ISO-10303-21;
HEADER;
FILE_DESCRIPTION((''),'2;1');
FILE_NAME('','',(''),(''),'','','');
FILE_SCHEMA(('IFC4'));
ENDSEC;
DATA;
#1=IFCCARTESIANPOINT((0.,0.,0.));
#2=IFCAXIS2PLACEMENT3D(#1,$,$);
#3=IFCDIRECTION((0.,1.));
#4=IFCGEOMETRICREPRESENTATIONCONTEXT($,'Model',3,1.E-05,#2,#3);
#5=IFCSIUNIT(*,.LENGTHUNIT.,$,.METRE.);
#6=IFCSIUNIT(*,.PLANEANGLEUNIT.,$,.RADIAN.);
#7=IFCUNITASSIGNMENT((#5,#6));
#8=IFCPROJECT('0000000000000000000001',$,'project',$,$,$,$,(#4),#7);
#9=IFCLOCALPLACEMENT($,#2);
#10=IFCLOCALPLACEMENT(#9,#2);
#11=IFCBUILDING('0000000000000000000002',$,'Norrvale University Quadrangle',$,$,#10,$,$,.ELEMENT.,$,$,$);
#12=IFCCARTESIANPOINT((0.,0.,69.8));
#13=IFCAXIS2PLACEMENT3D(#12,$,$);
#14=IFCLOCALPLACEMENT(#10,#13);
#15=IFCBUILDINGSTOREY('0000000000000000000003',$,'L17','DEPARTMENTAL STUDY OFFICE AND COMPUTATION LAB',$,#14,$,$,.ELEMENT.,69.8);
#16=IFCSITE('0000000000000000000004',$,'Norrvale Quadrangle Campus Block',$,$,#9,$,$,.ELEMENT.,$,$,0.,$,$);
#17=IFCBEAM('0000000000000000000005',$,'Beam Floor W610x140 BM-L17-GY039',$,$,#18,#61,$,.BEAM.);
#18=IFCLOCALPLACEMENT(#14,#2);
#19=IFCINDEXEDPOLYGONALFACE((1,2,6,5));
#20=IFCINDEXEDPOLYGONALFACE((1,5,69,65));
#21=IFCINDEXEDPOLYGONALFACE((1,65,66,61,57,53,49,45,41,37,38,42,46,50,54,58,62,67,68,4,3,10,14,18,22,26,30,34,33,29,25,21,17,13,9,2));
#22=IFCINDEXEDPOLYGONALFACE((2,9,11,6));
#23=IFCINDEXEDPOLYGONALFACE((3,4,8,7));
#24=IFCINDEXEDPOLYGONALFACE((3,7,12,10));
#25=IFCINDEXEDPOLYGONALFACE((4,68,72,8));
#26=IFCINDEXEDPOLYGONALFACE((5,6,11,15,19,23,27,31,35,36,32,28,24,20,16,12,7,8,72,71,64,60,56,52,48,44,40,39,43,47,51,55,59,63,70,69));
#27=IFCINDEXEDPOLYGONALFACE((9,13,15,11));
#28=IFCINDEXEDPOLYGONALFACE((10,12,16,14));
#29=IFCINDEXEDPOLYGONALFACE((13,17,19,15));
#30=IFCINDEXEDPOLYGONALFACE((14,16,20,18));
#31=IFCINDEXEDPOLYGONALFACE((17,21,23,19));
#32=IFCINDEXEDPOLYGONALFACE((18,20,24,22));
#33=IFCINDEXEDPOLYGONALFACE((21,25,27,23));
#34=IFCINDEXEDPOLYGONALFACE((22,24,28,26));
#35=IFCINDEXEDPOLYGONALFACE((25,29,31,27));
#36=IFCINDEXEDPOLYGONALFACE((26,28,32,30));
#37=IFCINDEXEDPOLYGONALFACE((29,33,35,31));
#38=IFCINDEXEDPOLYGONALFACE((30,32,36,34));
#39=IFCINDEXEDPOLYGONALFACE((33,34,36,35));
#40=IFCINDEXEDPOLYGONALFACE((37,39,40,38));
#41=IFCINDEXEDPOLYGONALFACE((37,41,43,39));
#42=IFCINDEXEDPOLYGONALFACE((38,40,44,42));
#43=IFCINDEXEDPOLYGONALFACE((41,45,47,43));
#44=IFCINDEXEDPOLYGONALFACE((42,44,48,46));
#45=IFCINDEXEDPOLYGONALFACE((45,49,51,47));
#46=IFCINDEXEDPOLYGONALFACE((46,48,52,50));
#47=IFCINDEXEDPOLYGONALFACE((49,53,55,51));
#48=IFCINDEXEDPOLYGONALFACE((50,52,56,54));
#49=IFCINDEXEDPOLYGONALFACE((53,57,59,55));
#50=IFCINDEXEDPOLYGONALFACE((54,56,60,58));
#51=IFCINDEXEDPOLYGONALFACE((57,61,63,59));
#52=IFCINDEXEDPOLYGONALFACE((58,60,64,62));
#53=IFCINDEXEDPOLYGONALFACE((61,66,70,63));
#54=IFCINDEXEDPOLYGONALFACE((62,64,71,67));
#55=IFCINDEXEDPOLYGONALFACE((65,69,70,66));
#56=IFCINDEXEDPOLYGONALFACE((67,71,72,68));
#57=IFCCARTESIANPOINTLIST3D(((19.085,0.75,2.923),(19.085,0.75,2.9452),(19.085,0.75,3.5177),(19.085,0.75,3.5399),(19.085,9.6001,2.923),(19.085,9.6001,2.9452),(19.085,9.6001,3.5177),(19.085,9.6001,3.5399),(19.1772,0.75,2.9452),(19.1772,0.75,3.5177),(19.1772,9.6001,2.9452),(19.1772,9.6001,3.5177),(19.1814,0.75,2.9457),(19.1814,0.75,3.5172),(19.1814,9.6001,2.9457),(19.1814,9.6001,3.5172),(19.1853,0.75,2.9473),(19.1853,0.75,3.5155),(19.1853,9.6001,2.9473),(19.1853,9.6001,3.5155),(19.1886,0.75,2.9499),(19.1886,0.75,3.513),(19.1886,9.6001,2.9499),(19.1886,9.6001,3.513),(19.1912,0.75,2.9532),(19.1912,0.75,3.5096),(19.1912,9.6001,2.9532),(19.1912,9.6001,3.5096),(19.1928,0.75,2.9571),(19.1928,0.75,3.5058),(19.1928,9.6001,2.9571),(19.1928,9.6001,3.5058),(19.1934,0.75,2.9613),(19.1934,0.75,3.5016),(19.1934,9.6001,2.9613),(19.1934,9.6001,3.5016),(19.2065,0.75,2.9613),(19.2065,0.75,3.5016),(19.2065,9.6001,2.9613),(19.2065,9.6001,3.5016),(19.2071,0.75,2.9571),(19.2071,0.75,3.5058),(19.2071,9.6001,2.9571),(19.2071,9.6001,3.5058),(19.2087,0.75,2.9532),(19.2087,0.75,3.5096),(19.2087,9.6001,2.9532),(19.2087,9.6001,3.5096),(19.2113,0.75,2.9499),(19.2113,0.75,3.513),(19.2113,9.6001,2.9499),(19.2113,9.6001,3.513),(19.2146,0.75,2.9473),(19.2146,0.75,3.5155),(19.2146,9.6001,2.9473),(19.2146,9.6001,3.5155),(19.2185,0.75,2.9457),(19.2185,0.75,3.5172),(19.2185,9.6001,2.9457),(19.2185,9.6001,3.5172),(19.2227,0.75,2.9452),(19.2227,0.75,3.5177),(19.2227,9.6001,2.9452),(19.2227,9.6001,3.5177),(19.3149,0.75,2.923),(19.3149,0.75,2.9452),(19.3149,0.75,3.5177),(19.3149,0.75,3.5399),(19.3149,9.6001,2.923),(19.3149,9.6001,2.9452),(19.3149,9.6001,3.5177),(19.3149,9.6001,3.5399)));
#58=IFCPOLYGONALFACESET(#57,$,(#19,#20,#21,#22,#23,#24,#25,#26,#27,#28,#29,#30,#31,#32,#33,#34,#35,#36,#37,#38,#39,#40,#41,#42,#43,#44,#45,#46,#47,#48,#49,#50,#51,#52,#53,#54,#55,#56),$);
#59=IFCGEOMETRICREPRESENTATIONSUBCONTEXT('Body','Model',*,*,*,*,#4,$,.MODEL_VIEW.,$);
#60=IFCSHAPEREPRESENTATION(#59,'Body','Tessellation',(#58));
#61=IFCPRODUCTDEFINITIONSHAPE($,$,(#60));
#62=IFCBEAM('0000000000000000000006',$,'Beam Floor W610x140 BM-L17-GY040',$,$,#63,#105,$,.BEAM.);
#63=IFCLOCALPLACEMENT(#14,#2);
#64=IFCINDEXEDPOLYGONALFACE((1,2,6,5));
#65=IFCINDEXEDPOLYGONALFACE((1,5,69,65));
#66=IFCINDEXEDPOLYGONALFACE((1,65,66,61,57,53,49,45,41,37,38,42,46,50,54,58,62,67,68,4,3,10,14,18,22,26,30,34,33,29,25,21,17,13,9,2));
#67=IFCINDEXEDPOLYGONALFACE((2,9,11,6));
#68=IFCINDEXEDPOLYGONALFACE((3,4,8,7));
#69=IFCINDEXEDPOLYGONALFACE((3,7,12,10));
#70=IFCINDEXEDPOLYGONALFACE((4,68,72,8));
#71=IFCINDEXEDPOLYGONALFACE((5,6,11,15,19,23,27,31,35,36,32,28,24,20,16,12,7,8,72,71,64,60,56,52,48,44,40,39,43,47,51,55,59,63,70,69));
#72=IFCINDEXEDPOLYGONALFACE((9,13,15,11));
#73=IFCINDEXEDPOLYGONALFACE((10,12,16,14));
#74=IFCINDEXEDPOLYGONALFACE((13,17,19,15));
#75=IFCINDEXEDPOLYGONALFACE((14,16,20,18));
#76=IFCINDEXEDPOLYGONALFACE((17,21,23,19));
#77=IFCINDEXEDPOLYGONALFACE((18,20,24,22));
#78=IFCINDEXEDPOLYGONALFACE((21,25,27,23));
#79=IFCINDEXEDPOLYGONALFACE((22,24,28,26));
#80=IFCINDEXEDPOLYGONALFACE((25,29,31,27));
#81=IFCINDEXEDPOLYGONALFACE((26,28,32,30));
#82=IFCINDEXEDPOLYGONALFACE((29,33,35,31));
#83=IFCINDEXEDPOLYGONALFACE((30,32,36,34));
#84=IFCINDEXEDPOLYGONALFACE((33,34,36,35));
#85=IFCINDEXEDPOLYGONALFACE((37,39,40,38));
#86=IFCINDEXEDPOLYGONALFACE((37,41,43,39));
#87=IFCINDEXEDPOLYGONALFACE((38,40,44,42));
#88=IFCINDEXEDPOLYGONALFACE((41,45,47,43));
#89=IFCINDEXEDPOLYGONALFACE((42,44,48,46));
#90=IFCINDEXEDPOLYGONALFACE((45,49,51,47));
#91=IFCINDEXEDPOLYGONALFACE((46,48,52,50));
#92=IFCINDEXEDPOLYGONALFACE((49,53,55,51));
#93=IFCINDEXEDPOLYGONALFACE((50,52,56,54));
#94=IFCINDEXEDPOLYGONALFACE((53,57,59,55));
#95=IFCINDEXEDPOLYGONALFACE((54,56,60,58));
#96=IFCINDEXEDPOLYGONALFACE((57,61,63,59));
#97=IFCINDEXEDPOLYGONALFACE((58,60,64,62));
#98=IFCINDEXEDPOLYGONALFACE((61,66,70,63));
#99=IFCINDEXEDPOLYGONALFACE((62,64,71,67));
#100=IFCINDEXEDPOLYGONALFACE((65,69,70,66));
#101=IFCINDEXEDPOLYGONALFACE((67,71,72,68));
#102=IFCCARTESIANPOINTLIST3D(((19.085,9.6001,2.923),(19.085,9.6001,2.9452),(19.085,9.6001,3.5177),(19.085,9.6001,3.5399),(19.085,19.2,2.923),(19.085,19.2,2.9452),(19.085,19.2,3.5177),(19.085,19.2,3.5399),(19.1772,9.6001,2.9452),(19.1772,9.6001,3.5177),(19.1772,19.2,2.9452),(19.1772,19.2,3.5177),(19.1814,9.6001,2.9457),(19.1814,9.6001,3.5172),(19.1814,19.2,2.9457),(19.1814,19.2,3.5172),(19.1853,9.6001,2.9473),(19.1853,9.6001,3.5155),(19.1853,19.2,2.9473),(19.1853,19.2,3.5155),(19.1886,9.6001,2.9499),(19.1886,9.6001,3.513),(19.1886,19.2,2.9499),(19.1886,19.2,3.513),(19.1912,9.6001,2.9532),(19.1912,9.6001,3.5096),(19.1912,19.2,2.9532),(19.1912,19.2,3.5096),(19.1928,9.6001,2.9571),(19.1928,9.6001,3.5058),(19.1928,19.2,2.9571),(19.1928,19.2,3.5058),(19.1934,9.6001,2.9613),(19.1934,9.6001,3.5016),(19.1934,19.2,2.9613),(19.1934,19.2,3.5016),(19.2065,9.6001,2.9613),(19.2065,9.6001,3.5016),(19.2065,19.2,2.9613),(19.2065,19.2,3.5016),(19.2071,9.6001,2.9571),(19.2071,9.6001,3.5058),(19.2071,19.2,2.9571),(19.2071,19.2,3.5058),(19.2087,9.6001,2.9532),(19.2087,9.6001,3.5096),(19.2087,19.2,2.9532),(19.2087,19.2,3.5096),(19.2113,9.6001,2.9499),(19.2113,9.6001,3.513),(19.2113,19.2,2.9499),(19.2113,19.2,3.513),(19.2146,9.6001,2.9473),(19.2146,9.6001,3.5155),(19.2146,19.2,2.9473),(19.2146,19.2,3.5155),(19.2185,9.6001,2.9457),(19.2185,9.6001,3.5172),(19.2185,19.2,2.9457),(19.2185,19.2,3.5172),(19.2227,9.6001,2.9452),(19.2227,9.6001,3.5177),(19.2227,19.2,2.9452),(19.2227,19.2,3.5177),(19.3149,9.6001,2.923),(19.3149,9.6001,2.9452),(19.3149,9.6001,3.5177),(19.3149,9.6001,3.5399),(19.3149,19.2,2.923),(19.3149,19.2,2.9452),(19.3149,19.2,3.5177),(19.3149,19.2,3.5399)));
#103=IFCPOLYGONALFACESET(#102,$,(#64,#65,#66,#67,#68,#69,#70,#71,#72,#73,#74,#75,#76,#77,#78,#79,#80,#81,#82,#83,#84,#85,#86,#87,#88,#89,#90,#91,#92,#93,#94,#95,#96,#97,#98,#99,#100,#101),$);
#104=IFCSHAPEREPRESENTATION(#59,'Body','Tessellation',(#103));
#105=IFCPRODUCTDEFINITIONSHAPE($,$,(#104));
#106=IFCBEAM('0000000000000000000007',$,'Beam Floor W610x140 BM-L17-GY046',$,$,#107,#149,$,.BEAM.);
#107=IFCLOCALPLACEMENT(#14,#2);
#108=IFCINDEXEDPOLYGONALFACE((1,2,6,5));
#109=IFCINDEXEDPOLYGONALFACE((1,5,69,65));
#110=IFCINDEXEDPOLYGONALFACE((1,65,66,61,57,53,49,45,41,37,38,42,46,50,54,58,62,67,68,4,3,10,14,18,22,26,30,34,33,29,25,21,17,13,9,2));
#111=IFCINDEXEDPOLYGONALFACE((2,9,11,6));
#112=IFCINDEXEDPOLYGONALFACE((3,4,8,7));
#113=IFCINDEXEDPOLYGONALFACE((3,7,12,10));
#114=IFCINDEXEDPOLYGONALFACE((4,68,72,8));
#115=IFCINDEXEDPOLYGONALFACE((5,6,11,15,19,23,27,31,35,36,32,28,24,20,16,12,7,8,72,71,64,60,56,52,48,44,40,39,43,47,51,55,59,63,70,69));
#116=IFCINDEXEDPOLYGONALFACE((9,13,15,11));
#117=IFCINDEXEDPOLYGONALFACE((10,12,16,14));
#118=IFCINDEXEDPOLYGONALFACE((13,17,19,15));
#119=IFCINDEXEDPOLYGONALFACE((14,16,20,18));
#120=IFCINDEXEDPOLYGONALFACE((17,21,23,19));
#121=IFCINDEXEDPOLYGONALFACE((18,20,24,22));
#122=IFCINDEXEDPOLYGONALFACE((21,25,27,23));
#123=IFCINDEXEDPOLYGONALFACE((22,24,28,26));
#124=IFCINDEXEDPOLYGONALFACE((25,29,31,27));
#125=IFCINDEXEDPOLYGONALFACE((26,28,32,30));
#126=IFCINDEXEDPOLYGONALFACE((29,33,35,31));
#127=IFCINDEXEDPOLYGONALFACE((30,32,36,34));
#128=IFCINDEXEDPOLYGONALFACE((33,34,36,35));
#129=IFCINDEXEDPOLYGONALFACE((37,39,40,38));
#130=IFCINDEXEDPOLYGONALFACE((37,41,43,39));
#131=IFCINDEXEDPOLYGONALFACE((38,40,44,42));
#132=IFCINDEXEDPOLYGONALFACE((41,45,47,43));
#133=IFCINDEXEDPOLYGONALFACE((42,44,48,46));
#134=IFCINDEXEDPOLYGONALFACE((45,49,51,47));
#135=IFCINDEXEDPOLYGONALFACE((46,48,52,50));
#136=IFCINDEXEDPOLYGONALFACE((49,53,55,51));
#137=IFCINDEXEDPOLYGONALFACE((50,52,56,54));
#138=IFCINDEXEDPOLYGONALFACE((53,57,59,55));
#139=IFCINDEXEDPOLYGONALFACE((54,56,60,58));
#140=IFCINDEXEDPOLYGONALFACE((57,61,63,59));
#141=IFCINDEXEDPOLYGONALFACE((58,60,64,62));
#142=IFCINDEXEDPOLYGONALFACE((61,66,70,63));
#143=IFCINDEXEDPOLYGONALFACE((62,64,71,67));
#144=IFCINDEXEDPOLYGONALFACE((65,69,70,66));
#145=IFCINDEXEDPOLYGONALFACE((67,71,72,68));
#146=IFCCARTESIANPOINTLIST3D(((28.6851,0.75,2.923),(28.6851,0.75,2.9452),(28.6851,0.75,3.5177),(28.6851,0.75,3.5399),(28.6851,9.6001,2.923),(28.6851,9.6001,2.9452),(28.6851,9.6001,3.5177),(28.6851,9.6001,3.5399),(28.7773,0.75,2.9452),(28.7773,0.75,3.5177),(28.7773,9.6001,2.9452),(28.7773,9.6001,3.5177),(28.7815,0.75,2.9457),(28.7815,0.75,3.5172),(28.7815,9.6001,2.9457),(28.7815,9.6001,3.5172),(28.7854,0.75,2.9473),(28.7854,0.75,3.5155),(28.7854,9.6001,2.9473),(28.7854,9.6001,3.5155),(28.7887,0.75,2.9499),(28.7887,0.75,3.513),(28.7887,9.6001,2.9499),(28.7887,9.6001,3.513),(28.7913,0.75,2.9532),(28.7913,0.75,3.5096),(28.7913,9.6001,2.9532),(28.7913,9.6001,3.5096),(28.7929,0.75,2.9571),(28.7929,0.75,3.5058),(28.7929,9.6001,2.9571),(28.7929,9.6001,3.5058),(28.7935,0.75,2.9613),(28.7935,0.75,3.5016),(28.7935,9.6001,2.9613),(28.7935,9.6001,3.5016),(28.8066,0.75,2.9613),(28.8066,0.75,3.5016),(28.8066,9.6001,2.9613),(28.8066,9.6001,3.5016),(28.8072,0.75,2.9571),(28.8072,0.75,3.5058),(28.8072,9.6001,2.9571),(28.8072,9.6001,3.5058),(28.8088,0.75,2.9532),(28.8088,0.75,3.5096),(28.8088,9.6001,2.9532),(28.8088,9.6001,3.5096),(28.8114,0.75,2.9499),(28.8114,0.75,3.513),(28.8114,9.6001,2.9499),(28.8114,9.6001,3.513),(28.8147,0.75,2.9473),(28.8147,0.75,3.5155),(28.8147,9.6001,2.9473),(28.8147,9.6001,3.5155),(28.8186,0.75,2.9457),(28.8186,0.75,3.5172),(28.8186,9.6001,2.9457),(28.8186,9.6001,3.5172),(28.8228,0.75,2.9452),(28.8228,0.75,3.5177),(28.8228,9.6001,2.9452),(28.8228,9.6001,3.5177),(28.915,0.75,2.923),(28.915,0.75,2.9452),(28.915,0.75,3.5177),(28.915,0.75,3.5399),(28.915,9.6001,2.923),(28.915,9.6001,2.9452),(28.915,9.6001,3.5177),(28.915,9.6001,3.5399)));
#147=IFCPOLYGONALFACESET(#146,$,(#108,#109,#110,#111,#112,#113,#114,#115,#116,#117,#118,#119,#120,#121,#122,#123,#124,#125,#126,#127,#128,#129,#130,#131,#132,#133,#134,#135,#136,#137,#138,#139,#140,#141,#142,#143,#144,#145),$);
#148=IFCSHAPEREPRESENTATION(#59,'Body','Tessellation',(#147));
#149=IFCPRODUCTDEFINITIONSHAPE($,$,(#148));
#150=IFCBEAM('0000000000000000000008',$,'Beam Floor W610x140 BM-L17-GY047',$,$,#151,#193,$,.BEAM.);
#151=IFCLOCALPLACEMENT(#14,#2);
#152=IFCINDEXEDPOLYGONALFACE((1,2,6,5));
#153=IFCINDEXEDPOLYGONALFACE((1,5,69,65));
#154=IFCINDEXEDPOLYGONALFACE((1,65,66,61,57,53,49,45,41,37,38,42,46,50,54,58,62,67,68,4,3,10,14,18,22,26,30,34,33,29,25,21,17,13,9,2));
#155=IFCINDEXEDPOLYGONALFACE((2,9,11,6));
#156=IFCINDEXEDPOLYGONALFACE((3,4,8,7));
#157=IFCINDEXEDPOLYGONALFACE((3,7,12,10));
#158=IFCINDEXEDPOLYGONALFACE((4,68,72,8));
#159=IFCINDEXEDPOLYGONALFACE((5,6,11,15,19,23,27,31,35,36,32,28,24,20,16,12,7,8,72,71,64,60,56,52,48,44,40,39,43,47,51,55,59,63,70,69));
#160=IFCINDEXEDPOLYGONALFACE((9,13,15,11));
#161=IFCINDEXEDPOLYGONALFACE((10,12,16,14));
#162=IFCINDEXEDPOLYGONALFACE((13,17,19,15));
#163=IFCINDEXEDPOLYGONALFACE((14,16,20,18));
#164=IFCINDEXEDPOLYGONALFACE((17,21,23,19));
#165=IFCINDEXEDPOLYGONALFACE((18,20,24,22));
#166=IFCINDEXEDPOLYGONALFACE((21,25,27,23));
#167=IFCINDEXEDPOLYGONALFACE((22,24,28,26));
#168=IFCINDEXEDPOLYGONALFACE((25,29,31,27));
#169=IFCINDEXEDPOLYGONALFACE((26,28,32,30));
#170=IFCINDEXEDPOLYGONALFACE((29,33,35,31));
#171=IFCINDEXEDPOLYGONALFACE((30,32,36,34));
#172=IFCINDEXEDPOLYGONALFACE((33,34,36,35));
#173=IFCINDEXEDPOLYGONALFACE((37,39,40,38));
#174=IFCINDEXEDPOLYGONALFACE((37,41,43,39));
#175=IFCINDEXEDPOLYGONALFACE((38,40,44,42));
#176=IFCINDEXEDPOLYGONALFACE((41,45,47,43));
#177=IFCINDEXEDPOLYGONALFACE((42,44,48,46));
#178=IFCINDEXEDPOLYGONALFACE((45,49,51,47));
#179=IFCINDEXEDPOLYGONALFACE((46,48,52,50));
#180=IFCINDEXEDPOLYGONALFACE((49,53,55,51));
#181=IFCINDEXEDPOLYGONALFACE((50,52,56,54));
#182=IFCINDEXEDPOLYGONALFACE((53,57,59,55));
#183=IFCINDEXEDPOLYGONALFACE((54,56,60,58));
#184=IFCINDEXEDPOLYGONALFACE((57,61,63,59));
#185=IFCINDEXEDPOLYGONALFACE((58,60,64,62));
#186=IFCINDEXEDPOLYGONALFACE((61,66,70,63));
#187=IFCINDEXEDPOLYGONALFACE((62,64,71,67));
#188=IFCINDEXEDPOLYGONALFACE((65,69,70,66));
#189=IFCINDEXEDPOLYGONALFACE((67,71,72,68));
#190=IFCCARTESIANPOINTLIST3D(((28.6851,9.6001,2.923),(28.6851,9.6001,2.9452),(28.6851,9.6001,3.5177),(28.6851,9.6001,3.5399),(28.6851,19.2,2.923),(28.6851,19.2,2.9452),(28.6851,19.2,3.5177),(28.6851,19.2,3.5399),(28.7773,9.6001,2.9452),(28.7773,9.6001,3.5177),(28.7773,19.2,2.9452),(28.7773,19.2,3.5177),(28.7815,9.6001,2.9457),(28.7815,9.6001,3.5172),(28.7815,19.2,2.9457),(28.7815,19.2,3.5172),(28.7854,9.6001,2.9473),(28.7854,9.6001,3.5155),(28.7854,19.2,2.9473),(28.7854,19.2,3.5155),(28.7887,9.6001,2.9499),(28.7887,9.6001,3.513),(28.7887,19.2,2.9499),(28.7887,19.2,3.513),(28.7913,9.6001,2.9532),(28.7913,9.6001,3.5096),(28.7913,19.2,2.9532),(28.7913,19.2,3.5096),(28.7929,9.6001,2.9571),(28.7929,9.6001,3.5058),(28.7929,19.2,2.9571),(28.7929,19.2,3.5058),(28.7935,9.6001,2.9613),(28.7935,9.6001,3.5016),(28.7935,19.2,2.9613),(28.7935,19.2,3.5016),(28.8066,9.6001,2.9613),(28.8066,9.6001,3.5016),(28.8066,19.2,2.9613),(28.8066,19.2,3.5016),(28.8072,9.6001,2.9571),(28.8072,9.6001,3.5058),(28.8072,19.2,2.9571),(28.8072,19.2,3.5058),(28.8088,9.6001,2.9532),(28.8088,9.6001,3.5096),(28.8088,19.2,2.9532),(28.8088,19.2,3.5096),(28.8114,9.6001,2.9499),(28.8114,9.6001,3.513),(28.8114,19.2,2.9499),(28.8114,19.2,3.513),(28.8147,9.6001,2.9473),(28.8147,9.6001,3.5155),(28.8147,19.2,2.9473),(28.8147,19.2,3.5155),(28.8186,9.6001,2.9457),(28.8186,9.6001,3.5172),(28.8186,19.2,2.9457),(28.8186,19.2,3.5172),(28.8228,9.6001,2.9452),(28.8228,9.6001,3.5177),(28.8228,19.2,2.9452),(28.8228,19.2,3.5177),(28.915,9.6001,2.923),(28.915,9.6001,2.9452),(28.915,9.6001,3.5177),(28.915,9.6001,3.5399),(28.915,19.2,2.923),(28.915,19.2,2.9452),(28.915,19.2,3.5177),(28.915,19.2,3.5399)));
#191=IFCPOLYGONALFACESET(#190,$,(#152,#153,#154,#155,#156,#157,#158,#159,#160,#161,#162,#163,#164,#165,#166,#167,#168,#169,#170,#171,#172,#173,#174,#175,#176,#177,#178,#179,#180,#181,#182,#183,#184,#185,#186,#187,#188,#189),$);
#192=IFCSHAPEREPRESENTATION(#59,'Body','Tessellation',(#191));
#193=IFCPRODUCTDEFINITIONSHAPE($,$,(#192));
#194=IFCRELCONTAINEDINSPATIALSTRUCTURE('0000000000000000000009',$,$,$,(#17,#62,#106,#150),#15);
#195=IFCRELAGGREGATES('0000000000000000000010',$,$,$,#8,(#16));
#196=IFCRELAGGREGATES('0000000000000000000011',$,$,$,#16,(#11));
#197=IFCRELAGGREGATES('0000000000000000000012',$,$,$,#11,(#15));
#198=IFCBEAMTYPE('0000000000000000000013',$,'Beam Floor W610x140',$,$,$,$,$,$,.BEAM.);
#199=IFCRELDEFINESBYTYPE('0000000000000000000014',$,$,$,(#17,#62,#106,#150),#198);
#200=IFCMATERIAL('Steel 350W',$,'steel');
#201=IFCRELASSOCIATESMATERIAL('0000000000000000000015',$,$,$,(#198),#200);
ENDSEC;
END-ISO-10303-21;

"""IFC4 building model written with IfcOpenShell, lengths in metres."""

from ifc_helpers import new_model, si_unit, direction, frame, origin, origin_2d, place, context, subcontext, project, spatial, i_section, extrude, material, material_profile, profile_set, type_object, element, save


model = new_model("IFC4")

# Units and contexts
model_context = context("Model", 3, precision=1e-05, world=origin(), true_north=direction((0.0, 1.0)))
body_context = subcontext(model_context, "Body", "Model", "MODEL_VIEW")
ifc_project = project(units=[si_unit("LENGTHUNIT", "METRE"), si_unit("PLANEANGLEUNIT", "RADIAN")], contexts=[model_context])

# Site, building, storey
site_placement = place(None, origin())
site = spatial("IfcSite", under=ifc_project, at=site_placement, Name="Norrvale Quadrangle Campus Block", CompositionType="ELEMENT", RefElevation=0.0)
building_placement = place(site_placement, origin())
building = spatial("IfcBuilding", under=site, at=building_placement, Name="Norrvale University Quadrangle", CompositionType="ELEMENT")
storey_placement = place(building_placement, frame((0.0, 0.0, 69.8)))
storey = spatial("IfcBuildingStorey", under=building, at=storey_placement, Name="L17", Description="DEPARTMENTAL STUDY OFFICE AND COMPUTATION LAB", CompositionType="ELEMENT", Elevation=69.8)

# Beams
ifc_material_1 = material(Name="Steel 350W", Category="steel")
ifc_material_profile_1 = material_profile(ifc_material_1, i_section(OverallWidth=0.23, OverallDepth=0.6169, WebThickness=0.0132, FlangeThickness=0.0222, FilletRadius=0.0161, at=origin_2d()), Name="Steel 350W")
ifc_profile_set_1 = profile_set([ifc_material_profile_1], Name="Steel 350W")
beam_type_1 = type_object("IfcBeamType", Name="Beam Floor W610x140", PredefinedType="BEAM", material=ifc_profile_set_1)
beam_1_placement = place(storey_placement, frame((19.2, 0.75, 3.2314), z_axis=(0.0, 1.0, 0.0), x_axis=(-1.0, 0.0, 0.0)))
element("IfcBeam", 1, at=beam_1_placement, inside=storey, type_object=beam_type_1, Name="Beam Floor W610x140 BM-L17-GY039", PredefinedType="BEAM", context=body_context, shape_type="SweptSolid", body=[
    extrude(i_section(OverallWidth=0.23, OverallDepth=0.6169, WebThickness=0.0132, FlangeThickness=0.0222, FilletRadius=0.0161, at=origin_2d()), origin(), (0.0, 0.0, 1.0), 8.8501),
])
beam_2_placement = place(storey_placement, frame((19.2, 9.6001, 3.2314), z_axis=(0.0, 1.0, 0.0), x_axis=(-1.0, 0.0, 0.0)))
element("IfcBeam", 2, at=beam_2_placement, inside=storey, type_object=beam_type_1, Name="Beam Floor W610x140 BM-L17-GY040", PredefinedType="BEAM", context=body_context, shape_type="SweptSolid", body=[
    extrude(i_section(OverallWidth=0.23, OverallDepth=0.6169, WebThickness=0.0132, FlangeThickness=0.0222, FilletRadius=0.0161, at=origin_2d()), origin(), (0.0, 0.0, 1.0), 9.5999),
])
beam_3_placement = place(storey_placement, frame((28.8, 0.75, 3.2314), z_axis=(0.0, 1.0, 0.0), x_axis=(-1.0, 0.0, 0.0)))
element("IfcBeam", 3, at=beam_3_placement, inside=storey, type_object=beam_type_1, Name="Beam Floor W610x140 BM-L17-GY046", PredefinedType="BEAM", context=body_context, shape_type="SweptSolid", body=[
    extrude(i_section(OverallWidth=0.23, OverallDepth=0.6169, WebThickness=0.0132, FlangeThickness=0.0222, FilletRadius=0.0161, at=origin_2d()), origin(), (0.0, 0.0, 1.0), 8.8501),
])
beam_4_placement = place(storey_placement, frame((28.8, 9.6001, 3.2314), z_axis=(0.0, 1.0, 0.0), x_axis=(-1.0, 0.0, 0.0)))
element("IfcBeam", 4, at=beam_4_placement, inside=storey, type_object=beam_type_1, Name="Beam Floor W610x140 BM-L17-GY047", PredefinedType="BEAM", context=body_context, shape_type="SweptSolid", body=[
    extrude(i_section(OverallWidth=0.23, OverallDepth=0.6169, WebThickness=0.0132, FlangeThickness=0.0222, FilletRadius=0.0161, at=origin_2d()), origin(), (0.0, 0.0, 1.0), 9.5999),
])

save(model, "model.ifc")
